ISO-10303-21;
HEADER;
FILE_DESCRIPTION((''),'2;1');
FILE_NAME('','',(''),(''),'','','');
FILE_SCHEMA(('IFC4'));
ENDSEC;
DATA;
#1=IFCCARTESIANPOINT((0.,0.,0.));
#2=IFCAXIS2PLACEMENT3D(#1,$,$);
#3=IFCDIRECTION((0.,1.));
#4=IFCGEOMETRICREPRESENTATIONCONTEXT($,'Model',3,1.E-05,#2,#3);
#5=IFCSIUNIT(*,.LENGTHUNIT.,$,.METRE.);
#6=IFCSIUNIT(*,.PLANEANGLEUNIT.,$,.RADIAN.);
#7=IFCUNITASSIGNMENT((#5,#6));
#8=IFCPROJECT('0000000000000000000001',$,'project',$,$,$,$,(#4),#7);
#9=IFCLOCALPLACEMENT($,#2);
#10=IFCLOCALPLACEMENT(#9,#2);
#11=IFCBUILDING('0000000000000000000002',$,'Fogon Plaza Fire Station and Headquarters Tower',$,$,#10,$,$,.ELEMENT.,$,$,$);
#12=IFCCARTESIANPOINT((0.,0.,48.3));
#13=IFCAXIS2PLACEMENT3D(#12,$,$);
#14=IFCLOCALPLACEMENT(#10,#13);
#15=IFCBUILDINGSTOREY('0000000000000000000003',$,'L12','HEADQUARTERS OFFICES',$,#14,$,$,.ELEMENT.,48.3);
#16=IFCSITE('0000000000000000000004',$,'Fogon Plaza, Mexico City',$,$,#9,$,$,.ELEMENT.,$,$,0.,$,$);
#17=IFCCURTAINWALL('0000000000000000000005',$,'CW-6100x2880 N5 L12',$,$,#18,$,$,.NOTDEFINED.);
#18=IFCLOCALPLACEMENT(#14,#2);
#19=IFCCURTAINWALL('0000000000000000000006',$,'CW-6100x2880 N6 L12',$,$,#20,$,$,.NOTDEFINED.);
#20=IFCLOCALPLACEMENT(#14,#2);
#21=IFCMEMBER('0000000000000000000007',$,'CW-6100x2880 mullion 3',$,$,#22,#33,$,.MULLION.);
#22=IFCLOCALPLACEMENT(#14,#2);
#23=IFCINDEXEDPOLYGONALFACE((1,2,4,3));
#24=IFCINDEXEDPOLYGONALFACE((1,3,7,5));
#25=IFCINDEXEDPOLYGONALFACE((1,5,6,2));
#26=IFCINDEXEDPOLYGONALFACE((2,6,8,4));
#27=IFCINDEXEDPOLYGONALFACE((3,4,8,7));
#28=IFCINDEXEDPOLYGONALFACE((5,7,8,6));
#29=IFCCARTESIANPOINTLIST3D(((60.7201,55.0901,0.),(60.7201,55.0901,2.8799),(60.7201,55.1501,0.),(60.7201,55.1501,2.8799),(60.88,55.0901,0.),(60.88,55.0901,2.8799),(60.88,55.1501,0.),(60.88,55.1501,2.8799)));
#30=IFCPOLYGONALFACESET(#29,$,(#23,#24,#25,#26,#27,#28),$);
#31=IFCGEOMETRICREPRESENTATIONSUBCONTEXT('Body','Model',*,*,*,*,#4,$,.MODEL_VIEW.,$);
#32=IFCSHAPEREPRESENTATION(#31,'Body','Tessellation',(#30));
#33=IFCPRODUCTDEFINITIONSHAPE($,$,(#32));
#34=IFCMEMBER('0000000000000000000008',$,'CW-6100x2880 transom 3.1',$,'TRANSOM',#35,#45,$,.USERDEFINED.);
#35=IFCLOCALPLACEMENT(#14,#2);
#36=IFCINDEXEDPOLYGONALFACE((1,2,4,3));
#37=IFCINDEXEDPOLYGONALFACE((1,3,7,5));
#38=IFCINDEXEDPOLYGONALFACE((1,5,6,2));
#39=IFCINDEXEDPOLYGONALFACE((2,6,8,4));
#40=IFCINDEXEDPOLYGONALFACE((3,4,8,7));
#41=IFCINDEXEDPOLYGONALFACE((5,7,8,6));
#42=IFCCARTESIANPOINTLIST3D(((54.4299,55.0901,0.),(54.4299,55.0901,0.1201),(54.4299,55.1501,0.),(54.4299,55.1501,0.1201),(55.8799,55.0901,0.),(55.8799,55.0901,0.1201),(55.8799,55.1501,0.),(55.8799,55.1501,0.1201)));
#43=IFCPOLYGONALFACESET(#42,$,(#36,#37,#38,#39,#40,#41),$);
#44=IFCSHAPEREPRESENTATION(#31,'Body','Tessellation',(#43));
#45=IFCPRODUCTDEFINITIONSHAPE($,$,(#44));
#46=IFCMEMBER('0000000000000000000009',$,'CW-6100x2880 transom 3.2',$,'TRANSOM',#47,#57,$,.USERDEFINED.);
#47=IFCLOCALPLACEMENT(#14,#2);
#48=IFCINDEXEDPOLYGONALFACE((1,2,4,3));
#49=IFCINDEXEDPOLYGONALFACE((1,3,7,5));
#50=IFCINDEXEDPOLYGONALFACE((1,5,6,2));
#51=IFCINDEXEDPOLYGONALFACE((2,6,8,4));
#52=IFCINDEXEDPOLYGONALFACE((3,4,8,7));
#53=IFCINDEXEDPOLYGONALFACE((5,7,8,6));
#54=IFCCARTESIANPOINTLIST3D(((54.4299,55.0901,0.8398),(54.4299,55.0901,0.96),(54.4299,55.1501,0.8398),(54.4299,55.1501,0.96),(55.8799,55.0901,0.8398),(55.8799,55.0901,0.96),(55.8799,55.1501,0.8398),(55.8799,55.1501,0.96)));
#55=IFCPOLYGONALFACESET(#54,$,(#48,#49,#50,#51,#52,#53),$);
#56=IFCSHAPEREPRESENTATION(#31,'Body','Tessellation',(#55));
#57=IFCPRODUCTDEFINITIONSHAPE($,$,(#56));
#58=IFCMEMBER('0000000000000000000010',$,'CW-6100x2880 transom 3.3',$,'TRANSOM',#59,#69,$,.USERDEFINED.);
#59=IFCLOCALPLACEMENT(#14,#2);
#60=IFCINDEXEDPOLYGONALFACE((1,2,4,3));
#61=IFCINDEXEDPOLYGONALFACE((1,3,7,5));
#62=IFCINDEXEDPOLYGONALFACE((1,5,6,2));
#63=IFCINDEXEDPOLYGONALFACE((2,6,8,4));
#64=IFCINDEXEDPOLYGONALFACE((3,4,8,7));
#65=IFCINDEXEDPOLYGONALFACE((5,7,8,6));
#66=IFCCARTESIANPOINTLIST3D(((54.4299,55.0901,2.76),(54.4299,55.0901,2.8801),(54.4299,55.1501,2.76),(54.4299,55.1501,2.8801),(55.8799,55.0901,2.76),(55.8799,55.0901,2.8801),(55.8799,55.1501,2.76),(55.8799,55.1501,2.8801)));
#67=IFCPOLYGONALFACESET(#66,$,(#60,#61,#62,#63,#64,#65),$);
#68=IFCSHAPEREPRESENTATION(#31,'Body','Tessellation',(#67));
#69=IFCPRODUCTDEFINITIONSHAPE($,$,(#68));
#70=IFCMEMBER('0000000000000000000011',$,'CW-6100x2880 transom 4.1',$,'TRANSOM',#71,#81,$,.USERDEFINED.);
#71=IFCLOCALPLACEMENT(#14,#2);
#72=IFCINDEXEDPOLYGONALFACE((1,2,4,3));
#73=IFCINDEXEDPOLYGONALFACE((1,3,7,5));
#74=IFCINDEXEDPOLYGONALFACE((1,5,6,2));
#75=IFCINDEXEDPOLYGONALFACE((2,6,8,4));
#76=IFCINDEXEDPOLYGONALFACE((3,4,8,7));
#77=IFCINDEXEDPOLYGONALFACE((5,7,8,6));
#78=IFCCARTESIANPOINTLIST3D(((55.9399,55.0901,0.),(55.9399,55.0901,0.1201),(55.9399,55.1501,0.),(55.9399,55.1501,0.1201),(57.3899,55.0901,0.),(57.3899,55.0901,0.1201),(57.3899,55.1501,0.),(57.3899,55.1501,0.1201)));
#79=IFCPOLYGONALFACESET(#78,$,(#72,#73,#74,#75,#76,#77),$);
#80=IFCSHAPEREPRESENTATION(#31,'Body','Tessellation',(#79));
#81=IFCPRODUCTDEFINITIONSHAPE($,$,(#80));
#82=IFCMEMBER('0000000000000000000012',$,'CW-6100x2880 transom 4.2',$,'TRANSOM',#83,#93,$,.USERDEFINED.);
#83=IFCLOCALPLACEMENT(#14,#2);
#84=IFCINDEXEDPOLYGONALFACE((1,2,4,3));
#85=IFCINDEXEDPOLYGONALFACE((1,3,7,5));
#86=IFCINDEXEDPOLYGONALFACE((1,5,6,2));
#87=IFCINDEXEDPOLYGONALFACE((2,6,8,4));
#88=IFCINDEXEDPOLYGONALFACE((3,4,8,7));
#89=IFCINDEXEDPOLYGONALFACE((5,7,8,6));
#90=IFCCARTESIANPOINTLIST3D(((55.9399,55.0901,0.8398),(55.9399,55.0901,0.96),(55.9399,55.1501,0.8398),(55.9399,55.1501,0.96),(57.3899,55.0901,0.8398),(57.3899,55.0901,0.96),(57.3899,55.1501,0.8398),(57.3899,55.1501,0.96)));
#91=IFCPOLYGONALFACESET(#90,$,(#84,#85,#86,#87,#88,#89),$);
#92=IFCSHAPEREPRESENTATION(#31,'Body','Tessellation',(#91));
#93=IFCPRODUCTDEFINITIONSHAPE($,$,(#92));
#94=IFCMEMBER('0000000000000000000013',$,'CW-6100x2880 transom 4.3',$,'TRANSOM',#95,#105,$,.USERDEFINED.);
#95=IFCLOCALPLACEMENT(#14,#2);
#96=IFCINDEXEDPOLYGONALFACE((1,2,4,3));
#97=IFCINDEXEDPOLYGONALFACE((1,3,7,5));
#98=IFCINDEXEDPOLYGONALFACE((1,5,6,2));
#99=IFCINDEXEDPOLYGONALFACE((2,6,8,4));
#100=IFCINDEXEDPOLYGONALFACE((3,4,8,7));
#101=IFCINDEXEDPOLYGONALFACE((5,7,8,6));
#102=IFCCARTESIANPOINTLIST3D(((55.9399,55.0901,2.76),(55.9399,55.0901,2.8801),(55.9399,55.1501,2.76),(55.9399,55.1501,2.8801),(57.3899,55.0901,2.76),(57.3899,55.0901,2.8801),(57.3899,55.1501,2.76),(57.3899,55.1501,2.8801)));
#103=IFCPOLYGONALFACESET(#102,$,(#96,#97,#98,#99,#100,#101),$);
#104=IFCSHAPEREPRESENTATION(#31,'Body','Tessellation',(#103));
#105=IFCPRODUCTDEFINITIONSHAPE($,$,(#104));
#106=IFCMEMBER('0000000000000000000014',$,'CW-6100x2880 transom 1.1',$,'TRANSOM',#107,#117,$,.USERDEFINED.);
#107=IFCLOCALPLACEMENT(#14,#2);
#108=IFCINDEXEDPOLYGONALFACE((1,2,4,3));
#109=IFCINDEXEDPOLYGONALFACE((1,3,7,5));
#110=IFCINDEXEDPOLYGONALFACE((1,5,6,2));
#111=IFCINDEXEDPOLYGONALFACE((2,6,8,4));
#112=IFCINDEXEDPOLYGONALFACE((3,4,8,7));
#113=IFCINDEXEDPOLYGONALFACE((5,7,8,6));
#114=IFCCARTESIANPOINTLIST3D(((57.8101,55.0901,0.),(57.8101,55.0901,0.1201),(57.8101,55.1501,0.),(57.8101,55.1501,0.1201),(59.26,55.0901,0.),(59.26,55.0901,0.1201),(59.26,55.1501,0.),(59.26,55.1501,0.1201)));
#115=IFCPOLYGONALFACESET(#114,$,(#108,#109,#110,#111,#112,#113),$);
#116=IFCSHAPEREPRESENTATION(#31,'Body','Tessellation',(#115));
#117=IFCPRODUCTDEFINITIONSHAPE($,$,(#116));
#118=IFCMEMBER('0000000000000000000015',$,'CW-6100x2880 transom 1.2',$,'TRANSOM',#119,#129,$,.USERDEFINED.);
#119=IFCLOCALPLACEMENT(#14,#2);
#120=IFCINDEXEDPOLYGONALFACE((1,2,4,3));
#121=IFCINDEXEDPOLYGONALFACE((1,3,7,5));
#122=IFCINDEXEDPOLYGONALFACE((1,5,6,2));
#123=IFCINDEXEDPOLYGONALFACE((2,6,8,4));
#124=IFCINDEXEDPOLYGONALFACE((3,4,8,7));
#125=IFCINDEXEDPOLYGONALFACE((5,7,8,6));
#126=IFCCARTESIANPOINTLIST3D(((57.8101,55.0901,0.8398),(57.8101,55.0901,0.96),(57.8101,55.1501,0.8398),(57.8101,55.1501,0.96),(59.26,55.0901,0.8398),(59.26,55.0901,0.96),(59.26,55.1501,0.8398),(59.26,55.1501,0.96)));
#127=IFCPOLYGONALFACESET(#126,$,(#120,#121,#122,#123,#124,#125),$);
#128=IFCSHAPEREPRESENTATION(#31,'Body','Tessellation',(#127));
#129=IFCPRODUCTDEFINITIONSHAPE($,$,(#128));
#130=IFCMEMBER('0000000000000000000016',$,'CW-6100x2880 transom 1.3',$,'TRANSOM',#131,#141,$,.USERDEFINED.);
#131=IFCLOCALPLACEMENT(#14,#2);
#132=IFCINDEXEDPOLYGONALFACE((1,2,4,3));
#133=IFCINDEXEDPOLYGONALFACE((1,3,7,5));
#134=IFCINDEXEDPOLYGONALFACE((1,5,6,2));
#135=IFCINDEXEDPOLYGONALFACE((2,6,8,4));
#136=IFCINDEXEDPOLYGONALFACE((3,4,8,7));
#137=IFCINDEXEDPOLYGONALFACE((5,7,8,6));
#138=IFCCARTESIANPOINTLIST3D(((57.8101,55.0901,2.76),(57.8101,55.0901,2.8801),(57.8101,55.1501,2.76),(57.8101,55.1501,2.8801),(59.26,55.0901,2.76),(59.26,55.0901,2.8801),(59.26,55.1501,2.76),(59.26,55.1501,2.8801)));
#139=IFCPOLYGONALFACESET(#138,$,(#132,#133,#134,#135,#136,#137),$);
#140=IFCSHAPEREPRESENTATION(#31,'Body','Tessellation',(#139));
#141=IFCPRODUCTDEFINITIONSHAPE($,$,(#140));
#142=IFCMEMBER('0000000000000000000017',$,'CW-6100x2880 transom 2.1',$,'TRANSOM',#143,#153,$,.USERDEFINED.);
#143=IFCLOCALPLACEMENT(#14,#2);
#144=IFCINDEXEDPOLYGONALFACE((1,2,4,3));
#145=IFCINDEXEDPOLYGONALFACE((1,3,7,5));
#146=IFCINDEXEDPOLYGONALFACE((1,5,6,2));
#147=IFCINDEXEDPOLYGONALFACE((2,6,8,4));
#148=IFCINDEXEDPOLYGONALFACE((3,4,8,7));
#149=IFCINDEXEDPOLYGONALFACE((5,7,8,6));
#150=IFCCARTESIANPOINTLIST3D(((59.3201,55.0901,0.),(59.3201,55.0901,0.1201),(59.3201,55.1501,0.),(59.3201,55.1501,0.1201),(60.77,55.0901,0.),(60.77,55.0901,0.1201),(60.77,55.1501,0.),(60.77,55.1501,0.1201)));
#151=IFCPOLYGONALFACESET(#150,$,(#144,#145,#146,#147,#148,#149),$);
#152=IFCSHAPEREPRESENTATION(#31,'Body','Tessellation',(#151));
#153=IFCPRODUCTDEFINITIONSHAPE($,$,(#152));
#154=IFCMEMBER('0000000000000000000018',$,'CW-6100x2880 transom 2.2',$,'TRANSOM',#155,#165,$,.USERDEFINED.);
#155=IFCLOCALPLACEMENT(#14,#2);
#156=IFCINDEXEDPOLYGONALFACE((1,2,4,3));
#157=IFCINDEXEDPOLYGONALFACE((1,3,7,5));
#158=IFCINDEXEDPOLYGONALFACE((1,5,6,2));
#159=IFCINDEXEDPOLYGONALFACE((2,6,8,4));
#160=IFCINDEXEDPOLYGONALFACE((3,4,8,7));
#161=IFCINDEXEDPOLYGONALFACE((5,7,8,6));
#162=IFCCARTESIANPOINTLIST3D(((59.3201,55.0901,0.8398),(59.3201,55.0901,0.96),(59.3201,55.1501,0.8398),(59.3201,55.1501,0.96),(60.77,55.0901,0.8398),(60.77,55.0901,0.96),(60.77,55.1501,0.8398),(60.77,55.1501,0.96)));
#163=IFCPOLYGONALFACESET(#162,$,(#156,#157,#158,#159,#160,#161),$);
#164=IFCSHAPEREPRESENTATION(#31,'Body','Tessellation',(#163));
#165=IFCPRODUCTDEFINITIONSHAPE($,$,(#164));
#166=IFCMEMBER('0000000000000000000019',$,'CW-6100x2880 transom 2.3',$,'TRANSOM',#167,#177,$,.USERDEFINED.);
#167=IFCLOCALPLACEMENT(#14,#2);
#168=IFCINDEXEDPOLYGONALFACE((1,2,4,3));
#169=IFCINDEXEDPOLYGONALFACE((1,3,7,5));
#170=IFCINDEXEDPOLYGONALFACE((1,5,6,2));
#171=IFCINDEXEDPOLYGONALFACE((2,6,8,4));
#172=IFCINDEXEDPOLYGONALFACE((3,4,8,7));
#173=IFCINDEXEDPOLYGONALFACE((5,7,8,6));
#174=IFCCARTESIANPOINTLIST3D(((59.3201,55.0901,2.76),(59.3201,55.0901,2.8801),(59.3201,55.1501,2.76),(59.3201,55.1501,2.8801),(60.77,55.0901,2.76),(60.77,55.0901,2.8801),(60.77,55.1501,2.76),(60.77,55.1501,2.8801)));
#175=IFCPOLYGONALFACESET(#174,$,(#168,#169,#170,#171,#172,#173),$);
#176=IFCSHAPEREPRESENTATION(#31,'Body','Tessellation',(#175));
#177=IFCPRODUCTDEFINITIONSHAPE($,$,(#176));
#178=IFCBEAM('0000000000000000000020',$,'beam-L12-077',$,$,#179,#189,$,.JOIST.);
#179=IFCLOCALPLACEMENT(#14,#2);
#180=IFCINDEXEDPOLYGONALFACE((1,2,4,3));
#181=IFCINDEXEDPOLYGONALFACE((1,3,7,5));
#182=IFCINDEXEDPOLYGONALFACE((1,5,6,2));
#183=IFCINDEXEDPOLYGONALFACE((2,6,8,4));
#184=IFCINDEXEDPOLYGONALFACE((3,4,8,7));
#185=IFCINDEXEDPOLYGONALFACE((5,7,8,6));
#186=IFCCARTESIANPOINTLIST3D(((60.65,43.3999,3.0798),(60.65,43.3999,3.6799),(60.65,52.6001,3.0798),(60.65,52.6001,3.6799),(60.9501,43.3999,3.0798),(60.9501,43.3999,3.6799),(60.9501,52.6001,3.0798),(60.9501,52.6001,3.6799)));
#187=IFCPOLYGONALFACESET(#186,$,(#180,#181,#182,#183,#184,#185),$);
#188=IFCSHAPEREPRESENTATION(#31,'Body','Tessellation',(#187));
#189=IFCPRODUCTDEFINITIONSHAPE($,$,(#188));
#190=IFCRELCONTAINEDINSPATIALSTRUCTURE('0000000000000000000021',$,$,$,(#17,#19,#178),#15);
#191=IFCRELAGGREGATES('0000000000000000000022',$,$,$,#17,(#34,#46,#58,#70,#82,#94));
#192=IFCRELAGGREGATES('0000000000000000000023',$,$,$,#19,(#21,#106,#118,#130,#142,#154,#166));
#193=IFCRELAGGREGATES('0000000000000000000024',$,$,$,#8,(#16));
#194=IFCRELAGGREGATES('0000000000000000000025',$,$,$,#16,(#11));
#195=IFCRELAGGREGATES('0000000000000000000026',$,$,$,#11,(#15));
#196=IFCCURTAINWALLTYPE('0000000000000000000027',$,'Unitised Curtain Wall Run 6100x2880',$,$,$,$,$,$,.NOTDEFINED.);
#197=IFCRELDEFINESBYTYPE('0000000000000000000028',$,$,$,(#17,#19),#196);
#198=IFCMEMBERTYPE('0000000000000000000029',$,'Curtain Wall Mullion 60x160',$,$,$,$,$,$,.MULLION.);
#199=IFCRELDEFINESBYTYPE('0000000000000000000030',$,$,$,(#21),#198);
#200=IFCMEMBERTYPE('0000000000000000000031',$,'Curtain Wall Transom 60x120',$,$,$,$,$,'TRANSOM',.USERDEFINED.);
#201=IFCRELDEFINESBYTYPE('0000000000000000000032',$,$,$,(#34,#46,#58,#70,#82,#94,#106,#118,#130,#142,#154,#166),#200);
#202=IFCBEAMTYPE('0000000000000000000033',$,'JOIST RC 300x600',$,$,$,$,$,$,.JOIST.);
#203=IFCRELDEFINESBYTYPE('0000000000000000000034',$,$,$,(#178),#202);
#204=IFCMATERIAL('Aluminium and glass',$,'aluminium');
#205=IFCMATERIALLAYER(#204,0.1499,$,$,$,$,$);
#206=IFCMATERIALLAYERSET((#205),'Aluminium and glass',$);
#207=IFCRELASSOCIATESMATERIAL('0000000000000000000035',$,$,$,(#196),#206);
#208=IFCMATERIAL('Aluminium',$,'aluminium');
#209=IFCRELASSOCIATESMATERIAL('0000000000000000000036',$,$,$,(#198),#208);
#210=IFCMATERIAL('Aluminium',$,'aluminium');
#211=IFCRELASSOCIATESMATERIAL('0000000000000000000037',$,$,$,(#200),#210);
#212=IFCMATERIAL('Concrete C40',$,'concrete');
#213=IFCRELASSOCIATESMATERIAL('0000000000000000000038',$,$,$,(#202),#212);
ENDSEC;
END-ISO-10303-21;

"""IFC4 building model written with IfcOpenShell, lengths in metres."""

from ifc_helpers import new_model, si_unit, direction, frame, origin, origin_2d, place, context, subcontext, project, spatial, rectangle, extrude, material, layer, layer_set, material_profile, profile_set, type_object, element, aggregate, save


model = new_model("IFC4")

# Units and contexts
model_context = context("Model", 3, precision=1e-05, world=origin(), true_north=direction((0.0, 1.0)))
body_context = subcontext(model_context, "Body", "Model", "MODEL_VIEW")
ifc_project = project(units=[si_unit("LENGTHUNIT", "METRE"), si_unit("PLANEANGLEUNIT", "RADIAN")], contexts=[model_context])

# Site, building, storey
site_placement = place(None, origin())
site = spatial("IfcSite", under=ifc_project, at=site_placement, Name="Fogon Plaza, Mexico City", CompositionType="ELEMENT", RefElevation=0.0)
building_placement = place(site_placement, origin())
building = spatial("IfcBuilding", under=site, at=building_placement, Name="Fogon Plaza Fire Station and Headquarters Tower", CompositionType="ELEMENT")
storey_placement = place(building_placement, frame((0.0, 0.0, 48.3)))
storey = spatial("IfcBuildingStorey", under=building, at=storey_placement, Name="L12", Description="HEADQUARTERS OFFICES", CompositionType="ELEMENT", Elevation=48.3)

# Curtain walls, member
ifc_material_1 = material(Name="Aluminium and glass", Category="aluminium")
ifc_layer_1 = layer(ifc_material_1, 0.1499)
ifc_layer_set_1 = layer_set([ifc_layer_1], Name="Aluminium and glass")
curtain_wall_type = type_object("IfcCurtainWallType", Name="Unitised Curtain Wall Run 6100x2880", PredefinedType="NOTDEFINED", material=ifc_layer_set_1)
curtain_wall_1_placement = place(storey_placement, origin())
curtain_wall_1 = element("IfcCurtainWall", 1, at=curtain_wall_1_placement, inside=storey, type_object=curtain_wall_type, Name="CW-6100x2880 N5 L12", PredefinedType="NOTDEFINED")
ifc_material_2 = material(Name="Aluminium", Category="aluminium")
ifc_material_profile_1 = material_profile(ifc_material_2, rectangle(XDim=0.0601, YDim=0.1599, at=origin_2d()), Name="Curtain Wall Mullion 60x160")
ifc_profile_set_1 = profile_set([ifc_material_profile_1], Name="Aluminium")
member_type_1 = type_object("IfcMemberType", Name="Curtain Wall Mullion 60x160", PredefinedType="MULLION", material=ifc_profile_set_1)
curtain_wall_2_placement = place(storey_placement, origin())
curtain_wall_2 = element("IfcCurtainWall", 2, at=curtain_wall_2_placement, inside=storey, type_object=curtain_wall_type, Name="CW-6100x2880 N6 L12", PredefinedType="NOTDEFINED")
member_1_placement = place(storey_placement, frame((60.8, 55.1201, 0.0), z_axis=(0.0, 0.0, 1.0), x_axis=(0.0, 1.0, 0.0)))
member_1 = element("IfcMember", 3, at=member_1_placement, type_object=member_type_1, Name="CW-6100x2880 mullion 3", PredefinedType="MULLION", context=body_context, shape_type="SweptSolid", body=[
    extrude(rectangle(XDim=0.0601, YDim=0.1599, at=origin_2d()), origin(), (0.0, 0.0, 1.0), 2.8799),
])

# Members
ifc_material_3 = material(Name="Aluminium", Category="aluminium")
ifc_material_profile_2 = material_profile(ifc_material_3, rectangle(XDim=0.0601, YDim=0.1201, at=origin_2d()), Name="Curtain Wall Transom 60x120")
ifc_profile_set_2 = profile_set([ifc_material_profile_2], Name="Aluminium")
member_type_2 = type_object("IfcMemberType", Name="Curtain Wall Transom 60x120", ElementType="TRANSOM", PredefinedType="USERDEFINED", material=ifc_profile_set_2)
member_2_placement = place(storey_placement, frame((54.4299, 55.1201, 0.0601), z_axis=(1.0, 0.0, 0.0), x_axis=(0.0, 1.0, 0.0)))
member_2 = element("IfcMember", 4, at=member_2_placement, type_object=member_type_2, Name="CW-6100x2880 transom 3.1", ObjectType="TRANSOM", PredefinedType="USERDEFINED", context=body_context, shape_type="SweptSolid", body=[
    extrude(rectangle(XDim=0.0601, YDim=0.1201, at=origin_2d()), origin(), (0.0, 0.0, 1.0), 1.45),
])
member_3_placement = place(storey_placement, frame((54.4299, 55.1201, 0.8999), z_axis=(1.0, 0.0, 0.0), x_axis=(0.0, 1.0, 0.0)))
member_3 = element("IfcMember", 5, at=member_3_placement, type_object=member_type_2, Name="CW-6100x2880 transom 3.2", ObjectType="TRANSOM", PredefinedType="USERDEFINED", context=body_context, shape_type="SweptSolid", body=[
    extrude(rectangle(XDim=0.0601, YDim=0.1201, at=origin_2d()), origin(), (0.0, 0.0, 1.0), 1.45),
])
member_4_placement = place(storey_placement, frame((54.4299, 55.1201, 2.8201), z_axis=(1.0, 0.0, 0.0), x_axis=(0.0, 1.0, 0.0)))
member_4 = element("IfcMember", 6, at=member_4_placement, type_object=member_type_2, Name="CW-6100x2880 transom 3.3", ObjectType="TRANSOM", PredefinedType="USERDEFINED", context=body_context, shape_type="SweptSolid", body=[
    extrude(rectangle(XDim=0.0601, YDim=0.1201, at=origin_2d()), origin(), (0.0, 0.0, 1.0), 1.45),
])
member_5_placement = place(storey_placement, frame((55.9399, 55.1201, 0.0601), z_axis=(1.0, 0.0, 0.0), x_axis=(0.0, 1.0, 0.0)))
member_5 = element("IfcMember", 7, at=member_5_placement, type_object=member_type_2, Name="CW-6100x2880 transom 4.1", ObjectType="TRANSOM", PredefinedType="USERDEFINED", context=body_context, shape_type="SweptSolid", body=[
    extrude(rectangle(XDim=0.0601, YDim=0.1201, at=origin_2d()), origin(), (0.0, 0.0, 1.0), 1.45),
])
member_6_placement = place(storey_placement, frame((55.9399, 55.1201, 0.8999), z_axis=(1.0, 0.0, 0.0), x_axis=(0.0, 1.0, 0.0)))
member_6 = element("IfcMember", 8, at=member_6_placement, type_object=member_type_2, Name="CW-6100x2880 transom 4.2", ObjectType="TRANSOM", PredefinedType="USERDEFINED", context=body_context, shape_type="SweptSolid", body=[
    extrude(rectangle(XDim=0.0601, YDim=0.1201, at=origin_2d()), origin(), (0.0, 0.0, 1.0), 1.45),
])
member_7_placement = place(storey_placement, frame((55.9399, 55.1201, 2.8201), z_axis=(1.0, 0.0, 0.0), x_axis=(0.0, 1.0, 0.0)))
member_7 = element("IfcMember", 9, at=member_7_placement, type_object=member_type_2, Name="CW-6100x2880 transom 4.3", ObjectType="TRANSOM", PredefinedType="USERDEFINED", context=body_context, shape_type="SweptSolid", body=[
    extrude(rectangle(XDim=0.0601, YDim=0.1201, at=origin_2d()), origin(), (0.0, 0.0, 1.0), 1.45),
])
member_8_placement = place(storey_placement, frame((57.8101, 55.1201, 0.0601), z_axis=(1.0, 0.0, 0.0), x_axis=(0.0, 1.0, 0.0)))
member_8 = element("IfcMember", 10, at=member_8_placement, type_object=member_type_2, Name="CW-6100x2880 transom 1.1", ObjectType="TRANSOM", PredefinedType="USERDEFINED", context=body_context, shape_type="SweptSolid", body=[
    extrude(rectangle(XDim=0.0601, YDim=0.1201, at=origin_2d()), origin(), (0.0, 0.0, 1.0), 1.45),
])
member_9_placement = place(storey_placement, frame((57.8101, 55.1201, 0.8999), z_axis=(1.0, 0.0, 0.0), x_axis=(0.0, 1.0, 0.0)))
member_9 = element("IfcMember", 11, at=member_9_placement, type_object=member_type_2, Name="CW-6100x2880 transom 1.2", ObjectType="TRANSOM", PredefinedType="USERDEFINED", context=body_context, shape_type="SweptSolid", body=[
    extrude(rectangle(XDim=0.0601, YDim=0.1201, at=origin_2d()), origin(), (0.0, 0.0, 1.0), 1.45),
])
member_10_placement = place(storey_placement, frame((57.8101, 55.1201, 2.8201), z_axis=(1.0, 0.0, 0.0), x_axis=(0.0, 1.0, 0.0)))
member_10 = element("IfcMember", 12, at=member_10_placement, type_object=member_type_2, Name="CW-6100x2880 transom 1.3", ObjectType="TRANSOM", PredefinedType="USERDEFINED", context=body_context, shape_type="SweptSolid", body=[
    extrude(rectangle(XDim=0.0601, YDim=0.1201, at=origin_2d()), origin(), (0.0, 0.0, 1.0), 1.45),
])
member_11_placement = place(storey_placement, frame((59.3201, 55.1201, 0.0601), z_axis=(1.0, 0.0, 0.0), x_axis=(0.0, 1.0, 0.0)))
member_11 = element("IfcMember", 13, at=member_11_placement, type_object=member_type_2, Name="CW-6100x2880 transom 2.1", ObjectType="TRANSOM", PredefinedType="USERDEFINED", context=body_context, shape_type="SweptSolid", body=[
    extrude(rectangle(XDim=0.0601, YDim=0.1201, at=origin_2d()), origin(), (0.0, 0.0, 1.0), 1.45),
])
member_12_placement = place(storey_placement, frame((59.3201, 55.1201, 0.8999), z_axis=(1.0, 0.0, 0.0), x_axis=(0.0, 1.0, 0.0)))
member_12 = element("IfcMember", 14, at=member_12_placement, type_object=member_type_2, Name="CW-6100x2880 transom 2.2", ObjectType="TRANSOM", PredefinedType="USERDEFINED", context=body_context, shape_type="SweptSolid", body=[
    extrude(rectangle(XDim=0.0601, YDim=0.1201, at=origin_2d()), origin(), (0.0, 0.0, 1.0), 1.45),
])
member_13_placement = place(storey_placement, frame((59.3201, 55.1201, 2.8201), z_axis=(1.0, 0.0, 0.0), x_axis=(0.0, 1.0, 0.0)))
member_13 = element("IfcMember", 15, at=member_13_placement, type_object=member_type_2, Name="CW-6100x2880 transom 2.3", ObjectType="TRANSOM", PredefinedType="USERDEFINED", context=body_context, shape_type="SweptSolid", body=[
    extrude(rectangle(XDim=0.0601, YDim=0.1201, at=origin_2d()), origin(), (0.0, 0.0, 1.0), 1.45),
])

# Beam
ifc_material_4 = material(Name="Concrete C40", Category="concrete")
ifc_material_profile_3 = material_profile(ifc_material_4, rectangle(XDim=0.3, YDim=0.6001, at=origin_2d()), Name="RC 300x600")
ifc_profile_set_3 = profile_set([ifc_material_profile_3], Name="Concrete C40")
beam_type_1 = type_object("IfcBeamType", Name="JOIST RC 300x600", PredefinedType="JOIST", material=ifc_profile_set_3)
beam_1_placement = place(storey_placement, frame((60.8, 43.3999, 3.3799), z_axis=(0.0, 1.0, 0.0), x_axis=(-1.0, 0.0, 0.0)))
element("IfcBeam", 16, at=beam_1_placement, inside=storey, type_object=beam_type_1, Name="beam-L12-077", PredefinedType="JOIST", context=body_context, shape_type="SweptSolid", body=[
    extrude(rectangle(XDim=0.3, YDim=0.6001, at=origin_2d()), origin(), (0.0, 0.0, 1.0), 9.2002),
])

aggregate(curtain_wall_1, [member_2, member_3, member_4, member_5, member_6, member_7])
aggregate(curtain_wall_2, [member_1, member_8, member_9, member_10, member_11, member_12, member_13])

save(model, "model.ifc")
